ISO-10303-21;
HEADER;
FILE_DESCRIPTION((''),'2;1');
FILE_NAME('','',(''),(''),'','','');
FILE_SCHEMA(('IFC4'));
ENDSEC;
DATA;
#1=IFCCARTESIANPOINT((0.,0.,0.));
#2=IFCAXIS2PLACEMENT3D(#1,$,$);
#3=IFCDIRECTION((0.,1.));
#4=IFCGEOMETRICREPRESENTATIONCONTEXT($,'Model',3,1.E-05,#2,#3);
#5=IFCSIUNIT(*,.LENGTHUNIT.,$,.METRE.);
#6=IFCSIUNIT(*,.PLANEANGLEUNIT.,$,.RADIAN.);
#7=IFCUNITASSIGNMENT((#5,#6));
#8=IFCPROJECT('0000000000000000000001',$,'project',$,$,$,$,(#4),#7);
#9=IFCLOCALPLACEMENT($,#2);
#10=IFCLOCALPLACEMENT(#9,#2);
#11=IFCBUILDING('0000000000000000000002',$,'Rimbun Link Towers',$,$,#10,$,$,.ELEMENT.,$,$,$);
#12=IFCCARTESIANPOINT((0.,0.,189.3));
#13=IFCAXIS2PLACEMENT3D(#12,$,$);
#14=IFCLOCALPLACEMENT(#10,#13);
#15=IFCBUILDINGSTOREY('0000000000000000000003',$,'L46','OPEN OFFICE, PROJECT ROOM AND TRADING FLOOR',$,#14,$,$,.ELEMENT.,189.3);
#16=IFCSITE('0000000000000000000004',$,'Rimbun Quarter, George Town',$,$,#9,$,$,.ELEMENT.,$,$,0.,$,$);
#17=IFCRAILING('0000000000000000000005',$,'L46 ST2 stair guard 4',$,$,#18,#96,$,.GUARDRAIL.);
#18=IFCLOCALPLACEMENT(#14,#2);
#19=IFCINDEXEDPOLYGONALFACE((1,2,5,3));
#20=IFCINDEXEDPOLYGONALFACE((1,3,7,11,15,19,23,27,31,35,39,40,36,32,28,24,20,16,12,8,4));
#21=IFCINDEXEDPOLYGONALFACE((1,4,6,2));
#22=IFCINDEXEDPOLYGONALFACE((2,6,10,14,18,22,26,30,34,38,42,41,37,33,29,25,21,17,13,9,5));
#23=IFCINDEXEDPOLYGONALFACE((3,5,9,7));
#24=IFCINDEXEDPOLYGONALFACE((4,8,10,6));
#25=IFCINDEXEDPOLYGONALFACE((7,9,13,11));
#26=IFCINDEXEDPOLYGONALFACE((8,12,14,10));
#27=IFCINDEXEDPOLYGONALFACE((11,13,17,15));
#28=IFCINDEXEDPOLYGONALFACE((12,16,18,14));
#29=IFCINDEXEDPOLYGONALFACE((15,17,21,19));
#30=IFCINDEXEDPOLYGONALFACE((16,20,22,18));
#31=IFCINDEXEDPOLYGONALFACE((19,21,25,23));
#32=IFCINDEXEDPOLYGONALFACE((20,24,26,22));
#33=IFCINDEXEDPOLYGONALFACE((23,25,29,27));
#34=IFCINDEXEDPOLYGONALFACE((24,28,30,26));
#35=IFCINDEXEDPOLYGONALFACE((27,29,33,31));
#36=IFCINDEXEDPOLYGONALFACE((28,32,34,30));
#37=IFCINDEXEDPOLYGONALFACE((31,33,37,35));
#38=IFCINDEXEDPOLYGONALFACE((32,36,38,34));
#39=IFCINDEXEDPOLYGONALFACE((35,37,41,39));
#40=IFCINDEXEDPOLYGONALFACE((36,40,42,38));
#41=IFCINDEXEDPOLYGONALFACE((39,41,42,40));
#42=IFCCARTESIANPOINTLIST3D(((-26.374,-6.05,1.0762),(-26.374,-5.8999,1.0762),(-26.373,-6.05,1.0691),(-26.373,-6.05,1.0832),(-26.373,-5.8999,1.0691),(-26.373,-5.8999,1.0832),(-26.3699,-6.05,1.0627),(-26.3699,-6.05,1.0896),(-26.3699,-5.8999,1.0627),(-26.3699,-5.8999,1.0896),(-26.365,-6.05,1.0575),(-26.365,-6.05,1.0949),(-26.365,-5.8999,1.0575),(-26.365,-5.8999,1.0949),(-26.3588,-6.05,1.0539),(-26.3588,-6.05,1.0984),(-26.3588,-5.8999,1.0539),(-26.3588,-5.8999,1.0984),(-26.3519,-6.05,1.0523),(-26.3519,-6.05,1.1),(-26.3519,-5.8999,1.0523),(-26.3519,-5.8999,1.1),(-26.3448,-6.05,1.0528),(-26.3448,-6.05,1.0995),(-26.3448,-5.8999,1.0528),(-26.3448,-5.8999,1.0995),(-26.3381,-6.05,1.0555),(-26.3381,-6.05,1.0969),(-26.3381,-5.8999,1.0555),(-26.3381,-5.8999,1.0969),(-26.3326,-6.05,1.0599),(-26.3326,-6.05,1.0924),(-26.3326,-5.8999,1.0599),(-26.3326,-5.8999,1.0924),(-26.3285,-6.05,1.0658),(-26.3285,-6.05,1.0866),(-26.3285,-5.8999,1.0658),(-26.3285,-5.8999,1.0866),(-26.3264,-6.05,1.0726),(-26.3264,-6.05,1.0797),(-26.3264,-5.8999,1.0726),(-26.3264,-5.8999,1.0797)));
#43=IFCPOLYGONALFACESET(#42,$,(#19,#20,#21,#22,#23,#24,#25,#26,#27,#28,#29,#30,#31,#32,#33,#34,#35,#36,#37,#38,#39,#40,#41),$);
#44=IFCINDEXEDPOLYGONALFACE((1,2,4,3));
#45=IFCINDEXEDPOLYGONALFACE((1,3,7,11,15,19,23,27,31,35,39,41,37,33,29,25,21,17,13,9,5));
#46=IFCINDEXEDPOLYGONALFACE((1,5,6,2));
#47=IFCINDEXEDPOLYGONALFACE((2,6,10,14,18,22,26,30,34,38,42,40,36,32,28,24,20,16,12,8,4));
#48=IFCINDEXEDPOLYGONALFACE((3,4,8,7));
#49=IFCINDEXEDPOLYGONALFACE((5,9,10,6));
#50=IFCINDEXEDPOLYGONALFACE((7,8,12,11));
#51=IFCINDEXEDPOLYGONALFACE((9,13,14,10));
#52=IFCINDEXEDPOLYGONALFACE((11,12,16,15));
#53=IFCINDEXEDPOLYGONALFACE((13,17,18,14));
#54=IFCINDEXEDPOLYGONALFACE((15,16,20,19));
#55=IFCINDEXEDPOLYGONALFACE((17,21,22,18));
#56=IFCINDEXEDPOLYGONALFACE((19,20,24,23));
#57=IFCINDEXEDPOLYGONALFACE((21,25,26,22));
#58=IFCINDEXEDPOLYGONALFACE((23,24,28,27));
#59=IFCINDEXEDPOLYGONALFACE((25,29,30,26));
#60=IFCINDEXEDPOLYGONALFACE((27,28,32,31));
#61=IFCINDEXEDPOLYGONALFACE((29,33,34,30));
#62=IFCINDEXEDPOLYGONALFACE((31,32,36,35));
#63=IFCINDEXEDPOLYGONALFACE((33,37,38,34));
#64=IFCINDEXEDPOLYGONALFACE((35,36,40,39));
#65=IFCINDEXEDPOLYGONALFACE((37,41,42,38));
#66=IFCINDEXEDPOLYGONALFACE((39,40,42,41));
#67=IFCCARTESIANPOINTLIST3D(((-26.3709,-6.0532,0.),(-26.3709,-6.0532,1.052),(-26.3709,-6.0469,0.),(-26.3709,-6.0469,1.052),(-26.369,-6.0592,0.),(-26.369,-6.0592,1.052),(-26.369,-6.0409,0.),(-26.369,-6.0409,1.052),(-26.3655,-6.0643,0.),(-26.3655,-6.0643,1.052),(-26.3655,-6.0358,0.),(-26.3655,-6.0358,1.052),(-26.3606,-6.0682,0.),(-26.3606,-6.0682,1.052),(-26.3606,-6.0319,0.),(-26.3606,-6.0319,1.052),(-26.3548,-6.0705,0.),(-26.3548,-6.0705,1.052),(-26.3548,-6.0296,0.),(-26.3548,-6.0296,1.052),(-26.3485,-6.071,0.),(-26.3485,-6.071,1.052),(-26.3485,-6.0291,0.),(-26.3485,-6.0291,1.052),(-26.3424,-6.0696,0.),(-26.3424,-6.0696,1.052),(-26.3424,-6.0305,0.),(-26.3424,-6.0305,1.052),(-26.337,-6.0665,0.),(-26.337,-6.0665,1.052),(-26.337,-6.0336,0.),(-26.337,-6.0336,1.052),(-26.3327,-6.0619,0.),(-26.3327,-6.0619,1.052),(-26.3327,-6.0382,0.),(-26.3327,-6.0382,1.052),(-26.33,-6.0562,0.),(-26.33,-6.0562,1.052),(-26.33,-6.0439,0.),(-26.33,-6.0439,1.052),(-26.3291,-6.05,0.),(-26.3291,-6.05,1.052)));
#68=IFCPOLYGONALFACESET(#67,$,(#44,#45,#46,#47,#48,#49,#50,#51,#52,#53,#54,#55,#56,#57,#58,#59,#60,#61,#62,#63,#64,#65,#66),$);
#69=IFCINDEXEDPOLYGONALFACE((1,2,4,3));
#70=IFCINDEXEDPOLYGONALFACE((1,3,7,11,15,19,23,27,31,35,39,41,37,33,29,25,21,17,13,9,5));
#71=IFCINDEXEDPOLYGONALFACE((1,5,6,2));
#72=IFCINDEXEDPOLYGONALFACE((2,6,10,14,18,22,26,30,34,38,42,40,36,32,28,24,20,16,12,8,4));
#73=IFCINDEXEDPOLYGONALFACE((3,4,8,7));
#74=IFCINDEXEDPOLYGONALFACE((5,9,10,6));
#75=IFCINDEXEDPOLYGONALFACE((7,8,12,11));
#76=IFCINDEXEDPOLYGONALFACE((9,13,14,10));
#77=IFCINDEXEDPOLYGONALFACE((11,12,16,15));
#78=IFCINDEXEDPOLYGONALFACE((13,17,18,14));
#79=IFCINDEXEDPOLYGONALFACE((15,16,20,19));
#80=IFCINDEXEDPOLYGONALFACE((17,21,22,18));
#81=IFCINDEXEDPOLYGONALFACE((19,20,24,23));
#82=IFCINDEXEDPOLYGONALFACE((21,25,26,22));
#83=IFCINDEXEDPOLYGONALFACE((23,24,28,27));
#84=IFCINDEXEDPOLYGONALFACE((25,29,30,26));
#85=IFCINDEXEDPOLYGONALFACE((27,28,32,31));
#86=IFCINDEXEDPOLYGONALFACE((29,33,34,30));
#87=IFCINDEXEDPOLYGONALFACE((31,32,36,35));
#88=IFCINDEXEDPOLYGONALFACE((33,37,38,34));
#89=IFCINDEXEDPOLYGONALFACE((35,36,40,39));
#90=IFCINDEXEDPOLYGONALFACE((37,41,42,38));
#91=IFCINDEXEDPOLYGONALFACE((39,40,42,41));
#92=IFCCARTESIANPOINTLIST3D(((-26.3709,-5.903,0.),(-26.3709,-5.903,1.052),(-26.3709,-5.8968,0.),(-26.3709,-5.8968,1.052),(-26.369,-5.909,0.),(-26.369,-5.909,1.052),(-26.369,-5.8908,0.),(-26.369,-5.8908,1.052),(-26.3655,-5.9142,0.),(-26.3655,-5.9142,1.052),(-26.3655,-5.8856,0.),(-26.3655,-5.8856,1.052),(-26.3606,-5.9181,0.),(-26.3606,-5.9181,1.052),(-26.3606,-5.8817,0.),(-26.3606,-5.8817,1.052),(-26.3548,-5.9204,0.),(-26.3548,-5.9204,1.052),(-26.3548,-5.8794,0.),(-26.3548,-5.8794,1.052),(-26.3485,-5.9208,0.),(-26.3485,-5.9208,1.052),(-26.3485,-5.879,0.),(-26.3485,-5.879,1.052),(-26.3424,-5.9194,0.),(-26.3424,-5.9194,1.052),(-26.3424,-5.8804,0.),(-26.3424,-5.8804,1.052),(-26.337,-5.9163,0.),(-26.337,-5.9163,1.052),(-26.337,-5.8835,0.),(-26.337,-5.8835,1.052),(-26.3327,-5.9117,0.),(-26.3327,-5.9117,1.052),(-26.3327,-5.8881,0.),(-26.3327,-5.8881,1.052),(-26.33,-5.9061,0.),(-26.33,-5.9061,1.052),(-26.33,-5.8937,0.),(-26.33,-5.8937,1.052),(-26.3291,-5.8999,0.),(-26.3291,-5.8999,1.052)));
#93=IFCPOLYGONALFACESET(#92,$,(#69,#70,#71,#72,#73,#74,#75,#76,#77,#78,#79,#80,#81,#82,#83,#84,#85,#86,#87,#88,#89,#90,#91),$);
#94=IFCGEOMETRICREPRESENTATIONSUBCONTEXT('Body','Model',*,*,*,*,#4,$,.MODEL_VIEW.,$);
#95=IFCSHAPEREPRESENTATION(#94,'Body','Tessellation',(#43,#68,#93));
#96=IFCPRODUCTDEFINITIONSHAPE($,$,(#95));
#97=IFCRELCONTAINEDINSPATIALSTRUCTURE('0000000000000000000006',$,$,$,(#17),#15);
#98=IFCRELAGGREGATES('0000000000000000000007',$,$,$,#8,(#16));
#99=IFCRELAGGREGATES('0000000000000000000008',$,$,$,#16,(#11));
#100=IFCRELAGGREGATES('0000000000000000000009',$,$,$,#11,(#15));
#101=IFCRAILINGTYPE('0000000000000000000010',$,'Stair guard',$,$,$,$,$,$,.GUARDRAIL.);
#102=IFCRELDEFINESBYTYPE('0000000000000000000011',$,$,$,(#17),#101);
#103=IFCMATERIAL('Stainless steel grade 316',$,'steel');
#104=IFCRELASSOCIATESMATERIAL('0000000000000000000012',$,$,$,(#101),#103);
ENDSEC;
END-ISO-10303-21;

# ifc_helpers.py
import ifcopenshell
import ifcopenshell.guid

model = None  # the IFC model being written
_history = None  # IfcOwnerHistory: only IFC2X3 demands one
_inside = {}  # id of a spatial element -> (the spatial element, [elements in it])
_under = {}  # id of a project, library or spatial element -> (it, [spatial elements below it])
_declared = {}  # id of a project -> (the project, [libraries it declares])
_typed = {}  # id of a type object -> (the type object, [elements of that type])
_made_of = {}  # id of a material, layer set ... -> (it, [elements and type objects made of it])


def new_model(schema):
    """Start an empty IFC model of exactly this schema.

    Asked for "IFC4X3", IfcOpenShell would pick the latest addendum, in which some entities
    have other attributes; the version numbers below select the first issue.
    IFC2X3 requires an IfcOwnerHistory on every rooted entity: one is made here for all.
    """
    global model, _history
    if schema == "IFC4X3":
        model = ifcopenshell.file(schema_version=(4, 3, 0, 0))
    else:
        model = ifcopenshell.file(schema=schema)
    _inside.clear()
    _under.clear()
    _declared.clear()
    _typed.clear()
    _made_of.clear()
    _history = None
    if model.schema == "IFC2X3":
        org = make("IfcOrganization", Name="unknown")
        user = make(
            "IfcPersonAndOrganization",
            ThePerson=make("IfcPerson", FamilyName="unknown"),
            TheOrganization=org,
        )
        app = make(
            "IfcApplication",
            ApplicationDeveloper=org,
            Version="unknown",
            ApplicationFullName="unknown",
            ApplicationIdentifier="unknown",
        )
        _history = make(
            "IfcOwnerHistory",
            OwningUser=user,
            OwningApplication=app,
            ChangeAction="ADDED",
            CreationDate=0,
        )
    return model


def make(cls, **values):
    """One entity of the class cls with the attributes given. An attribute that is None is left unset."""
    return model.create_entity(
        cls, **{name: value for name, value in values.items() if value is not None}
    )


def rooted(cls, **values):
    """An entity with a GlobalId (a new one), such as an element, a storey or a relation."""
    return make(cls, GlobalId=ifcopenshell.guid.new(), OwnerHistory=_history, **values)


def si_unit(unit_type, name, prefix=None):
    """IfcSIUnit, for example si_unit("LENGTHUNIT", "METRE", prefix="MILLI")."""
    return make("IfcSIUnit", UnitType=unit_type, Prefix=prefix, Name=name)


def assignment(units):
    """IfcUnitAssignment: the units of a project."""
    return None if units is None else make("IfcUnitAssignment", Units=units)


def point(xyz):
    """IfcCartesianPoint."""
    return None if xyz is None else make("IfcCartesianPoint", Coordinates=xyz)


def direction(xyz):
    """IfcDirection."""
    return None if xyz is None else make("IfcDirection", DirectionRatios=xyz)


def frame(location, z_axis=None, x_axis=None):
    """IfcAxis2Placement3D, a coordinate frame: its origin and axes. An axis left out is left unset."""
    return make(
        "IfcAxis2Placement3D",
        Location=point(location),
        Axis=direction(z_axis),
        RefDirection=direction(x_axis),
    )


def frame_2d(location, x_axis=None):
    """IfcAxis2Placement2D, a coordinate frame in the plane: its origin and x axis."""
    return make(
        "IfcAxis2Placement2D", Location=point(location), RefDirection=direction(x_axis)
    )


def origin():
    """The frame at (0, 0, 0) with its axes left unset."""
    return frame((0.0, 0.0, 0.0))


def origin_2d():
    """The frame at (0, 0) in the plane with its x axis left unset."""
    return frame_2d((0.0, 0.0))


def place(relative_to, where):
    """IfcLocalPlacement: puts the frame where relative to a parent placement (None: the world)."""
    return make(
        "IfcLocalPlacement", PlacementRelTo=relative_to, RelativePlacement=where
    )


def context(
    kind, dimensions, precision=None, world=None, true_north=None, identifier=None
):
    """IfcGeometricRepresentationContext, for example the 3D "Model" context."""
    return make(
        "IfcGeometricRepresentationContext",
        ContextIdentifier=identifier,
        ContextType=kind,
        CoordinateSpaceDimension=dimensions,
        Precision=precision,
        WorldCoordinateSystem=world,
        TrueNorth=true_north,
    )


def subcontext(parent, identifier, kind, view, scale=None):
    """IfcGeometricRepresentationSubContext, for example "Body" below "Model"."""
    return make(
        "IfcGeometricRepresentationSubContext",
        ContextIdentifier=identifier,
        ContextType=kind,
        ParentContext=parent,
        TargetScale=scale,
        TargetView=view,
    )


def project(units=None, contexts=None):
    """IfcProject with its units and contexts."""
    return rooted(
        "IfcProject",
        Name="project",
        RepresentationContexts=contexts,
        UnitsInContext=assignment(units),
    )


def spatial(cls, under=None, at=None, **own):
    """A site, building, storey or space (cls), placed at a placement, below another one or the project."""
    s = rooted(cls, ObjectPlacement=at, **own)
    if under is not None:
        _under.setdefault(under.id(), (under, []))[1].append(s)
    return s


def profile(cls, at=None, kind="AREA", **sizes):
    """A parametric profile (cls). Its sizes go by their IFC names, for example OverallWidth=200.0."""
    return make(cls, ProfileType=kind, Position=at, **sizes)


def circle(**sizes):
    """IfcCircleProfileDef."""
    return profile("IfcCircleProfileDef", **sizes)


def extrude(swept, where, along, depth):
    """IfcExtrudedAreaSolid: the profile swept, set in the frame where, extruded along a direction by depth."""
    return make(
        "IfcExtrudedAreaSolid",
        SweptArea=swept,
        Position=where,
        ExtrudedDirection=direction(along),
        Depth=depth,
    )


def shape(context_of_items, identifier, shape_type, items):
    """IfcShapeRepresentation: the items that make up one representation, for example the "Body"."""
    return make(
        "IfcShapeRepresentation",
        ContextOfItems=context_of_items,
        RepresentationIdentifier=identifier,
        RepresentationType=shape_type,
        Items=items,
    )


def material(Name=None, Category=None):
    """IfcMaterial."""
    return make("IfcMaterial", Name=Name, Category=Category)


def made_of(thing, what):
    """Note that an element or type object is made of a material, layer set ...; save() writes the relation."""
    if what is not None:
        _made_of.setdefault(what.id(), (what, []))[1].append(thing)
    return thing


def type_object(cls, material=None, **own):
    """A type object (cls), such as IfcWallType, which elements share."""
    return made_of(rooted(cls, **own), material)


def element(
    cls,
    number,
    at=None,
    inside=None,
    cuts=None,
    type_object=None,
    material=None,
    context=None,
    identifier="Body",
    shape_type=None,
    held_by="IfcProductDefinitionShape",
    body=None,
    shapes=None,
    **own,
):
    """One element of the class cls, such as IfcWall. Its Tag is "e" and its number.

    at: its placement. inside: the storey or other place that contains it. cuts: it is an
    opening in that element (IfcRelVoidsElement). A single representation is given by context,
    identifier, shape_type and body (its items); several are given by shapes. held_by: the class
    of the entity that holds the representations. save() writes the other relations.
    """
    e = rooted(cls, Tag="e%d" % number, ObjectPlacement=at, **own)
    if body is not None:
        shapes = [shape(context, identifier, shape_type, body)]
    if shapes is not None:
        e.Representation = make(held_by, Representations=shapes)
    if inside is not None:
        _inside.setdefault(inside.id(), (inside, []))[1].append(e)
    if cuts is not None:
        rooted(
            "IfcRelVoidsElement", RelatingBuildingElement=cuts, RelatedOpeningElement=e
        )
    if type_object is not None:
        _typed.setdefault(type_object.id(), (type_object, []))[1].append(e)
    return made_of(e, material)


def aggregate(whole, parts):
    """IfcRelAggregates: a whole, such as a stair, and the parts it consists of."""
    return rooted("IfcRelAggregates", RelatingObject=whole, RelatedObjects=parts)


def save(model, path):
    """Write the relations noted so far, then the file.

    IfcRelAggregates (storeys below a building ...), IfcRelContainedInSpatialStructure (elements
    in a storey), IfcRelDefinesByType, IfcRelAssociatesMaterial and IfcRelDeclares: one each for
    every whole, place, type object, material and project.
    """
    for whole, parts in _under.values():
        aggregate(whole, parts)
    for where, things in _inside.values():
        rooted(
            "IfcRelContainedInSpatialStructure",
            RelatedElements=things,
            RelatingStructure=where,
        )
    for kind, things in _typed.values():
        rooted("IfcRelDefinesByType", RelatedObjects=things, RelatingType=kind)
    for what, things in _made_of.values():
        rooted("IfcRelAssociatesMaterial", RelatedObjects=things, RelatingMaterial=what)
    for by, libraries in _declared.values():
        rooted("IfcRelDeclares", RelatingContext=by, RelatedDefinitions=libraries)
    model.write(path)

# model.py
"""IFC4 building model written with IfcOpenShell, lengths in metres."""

from ifc_helpers import new_model, si_unit, direction, frame, origin, origin_2d, place, context, subcontext, project, spatial, circle, extrude, material, type_object, element, save


model = new_model("IFC4")

# Units and contexts
model_context = context("Model", 3, precision=1e-05, world=origin(), true_north=direction((0.0, 1.0)))
body_context = subcontext(model_context, "Body", "Model", "MODEL_VIEW")
ifc_project = project(units=[si_unit("LENGTHUNIT", "METRE"), si_unit("PLANEANGLEUNIT", "RADIAN")], contexts=[model_context])

# Site, building, storey
site_placement = place(None, origin())
site = spatial("IfcSite", under=ifc_project, at=site_placement, Name="Rimbun Quarter, George Town", CompositionType="ELEMENT", RefElevation=0.0)
building_placement = place(site_placement, origin())
building = spatial("IfcBuilding", under=site, at=building_placement, Name="Rimbun Link Towers", CompositionType="ELEMENT")
storey_placement = place(building_placement, frame((0.0, 0.0, 189.3)))
storey = spatial("IfcBuildingStorey", under=building, at=storey_placement, Name="L46", Description="OPEN OFFICE, PROJECT ROOM AND TRADING FLOOR", CompositionType="ELEMENT", Elevation=189.3)

# Railing
ifc_material_1 = material(Name="Stainless steel grade 316", Category="steel")
railing_type_1 = type_object("IfcRailingType", Name="Stair guard", PredefinedType="GUARDRAIL", material=ifc_material_1)
railing_1_placement = place(storey_placement, frame((-26.3501, -6.05, 0.0)))
element("IfcRailing", 1, at=railing_1_placement, inside=storey, type_object=railing_type_1, Name="L46 ST2 stair guard 4", PredefinedType="GUARDRAIL", context=body_context, shape_type="SweptSolid", body=[
    extrude(circle(Radius=0.0239, at=origin_2d()), frame((0.0, 0.0, 1.0762), z_axis=(0.0, 1.0, 0.0), x_axis=(-1.0, 0.0, 0.0)), (0.0, 0.0, 1.0), 0.1501),
    extrude(circle(Radius=0.021, at=origin_2d()), origin(), (0.0, 0.0, 1.0), 1.052),
    extrude(circle(Radius=0.021, at=origin_2d()), frame((0.0, 0.1501, 0.0)), (0.0, 0.0, 1.0), 1.052),
])

save(model, "model.ifc")
